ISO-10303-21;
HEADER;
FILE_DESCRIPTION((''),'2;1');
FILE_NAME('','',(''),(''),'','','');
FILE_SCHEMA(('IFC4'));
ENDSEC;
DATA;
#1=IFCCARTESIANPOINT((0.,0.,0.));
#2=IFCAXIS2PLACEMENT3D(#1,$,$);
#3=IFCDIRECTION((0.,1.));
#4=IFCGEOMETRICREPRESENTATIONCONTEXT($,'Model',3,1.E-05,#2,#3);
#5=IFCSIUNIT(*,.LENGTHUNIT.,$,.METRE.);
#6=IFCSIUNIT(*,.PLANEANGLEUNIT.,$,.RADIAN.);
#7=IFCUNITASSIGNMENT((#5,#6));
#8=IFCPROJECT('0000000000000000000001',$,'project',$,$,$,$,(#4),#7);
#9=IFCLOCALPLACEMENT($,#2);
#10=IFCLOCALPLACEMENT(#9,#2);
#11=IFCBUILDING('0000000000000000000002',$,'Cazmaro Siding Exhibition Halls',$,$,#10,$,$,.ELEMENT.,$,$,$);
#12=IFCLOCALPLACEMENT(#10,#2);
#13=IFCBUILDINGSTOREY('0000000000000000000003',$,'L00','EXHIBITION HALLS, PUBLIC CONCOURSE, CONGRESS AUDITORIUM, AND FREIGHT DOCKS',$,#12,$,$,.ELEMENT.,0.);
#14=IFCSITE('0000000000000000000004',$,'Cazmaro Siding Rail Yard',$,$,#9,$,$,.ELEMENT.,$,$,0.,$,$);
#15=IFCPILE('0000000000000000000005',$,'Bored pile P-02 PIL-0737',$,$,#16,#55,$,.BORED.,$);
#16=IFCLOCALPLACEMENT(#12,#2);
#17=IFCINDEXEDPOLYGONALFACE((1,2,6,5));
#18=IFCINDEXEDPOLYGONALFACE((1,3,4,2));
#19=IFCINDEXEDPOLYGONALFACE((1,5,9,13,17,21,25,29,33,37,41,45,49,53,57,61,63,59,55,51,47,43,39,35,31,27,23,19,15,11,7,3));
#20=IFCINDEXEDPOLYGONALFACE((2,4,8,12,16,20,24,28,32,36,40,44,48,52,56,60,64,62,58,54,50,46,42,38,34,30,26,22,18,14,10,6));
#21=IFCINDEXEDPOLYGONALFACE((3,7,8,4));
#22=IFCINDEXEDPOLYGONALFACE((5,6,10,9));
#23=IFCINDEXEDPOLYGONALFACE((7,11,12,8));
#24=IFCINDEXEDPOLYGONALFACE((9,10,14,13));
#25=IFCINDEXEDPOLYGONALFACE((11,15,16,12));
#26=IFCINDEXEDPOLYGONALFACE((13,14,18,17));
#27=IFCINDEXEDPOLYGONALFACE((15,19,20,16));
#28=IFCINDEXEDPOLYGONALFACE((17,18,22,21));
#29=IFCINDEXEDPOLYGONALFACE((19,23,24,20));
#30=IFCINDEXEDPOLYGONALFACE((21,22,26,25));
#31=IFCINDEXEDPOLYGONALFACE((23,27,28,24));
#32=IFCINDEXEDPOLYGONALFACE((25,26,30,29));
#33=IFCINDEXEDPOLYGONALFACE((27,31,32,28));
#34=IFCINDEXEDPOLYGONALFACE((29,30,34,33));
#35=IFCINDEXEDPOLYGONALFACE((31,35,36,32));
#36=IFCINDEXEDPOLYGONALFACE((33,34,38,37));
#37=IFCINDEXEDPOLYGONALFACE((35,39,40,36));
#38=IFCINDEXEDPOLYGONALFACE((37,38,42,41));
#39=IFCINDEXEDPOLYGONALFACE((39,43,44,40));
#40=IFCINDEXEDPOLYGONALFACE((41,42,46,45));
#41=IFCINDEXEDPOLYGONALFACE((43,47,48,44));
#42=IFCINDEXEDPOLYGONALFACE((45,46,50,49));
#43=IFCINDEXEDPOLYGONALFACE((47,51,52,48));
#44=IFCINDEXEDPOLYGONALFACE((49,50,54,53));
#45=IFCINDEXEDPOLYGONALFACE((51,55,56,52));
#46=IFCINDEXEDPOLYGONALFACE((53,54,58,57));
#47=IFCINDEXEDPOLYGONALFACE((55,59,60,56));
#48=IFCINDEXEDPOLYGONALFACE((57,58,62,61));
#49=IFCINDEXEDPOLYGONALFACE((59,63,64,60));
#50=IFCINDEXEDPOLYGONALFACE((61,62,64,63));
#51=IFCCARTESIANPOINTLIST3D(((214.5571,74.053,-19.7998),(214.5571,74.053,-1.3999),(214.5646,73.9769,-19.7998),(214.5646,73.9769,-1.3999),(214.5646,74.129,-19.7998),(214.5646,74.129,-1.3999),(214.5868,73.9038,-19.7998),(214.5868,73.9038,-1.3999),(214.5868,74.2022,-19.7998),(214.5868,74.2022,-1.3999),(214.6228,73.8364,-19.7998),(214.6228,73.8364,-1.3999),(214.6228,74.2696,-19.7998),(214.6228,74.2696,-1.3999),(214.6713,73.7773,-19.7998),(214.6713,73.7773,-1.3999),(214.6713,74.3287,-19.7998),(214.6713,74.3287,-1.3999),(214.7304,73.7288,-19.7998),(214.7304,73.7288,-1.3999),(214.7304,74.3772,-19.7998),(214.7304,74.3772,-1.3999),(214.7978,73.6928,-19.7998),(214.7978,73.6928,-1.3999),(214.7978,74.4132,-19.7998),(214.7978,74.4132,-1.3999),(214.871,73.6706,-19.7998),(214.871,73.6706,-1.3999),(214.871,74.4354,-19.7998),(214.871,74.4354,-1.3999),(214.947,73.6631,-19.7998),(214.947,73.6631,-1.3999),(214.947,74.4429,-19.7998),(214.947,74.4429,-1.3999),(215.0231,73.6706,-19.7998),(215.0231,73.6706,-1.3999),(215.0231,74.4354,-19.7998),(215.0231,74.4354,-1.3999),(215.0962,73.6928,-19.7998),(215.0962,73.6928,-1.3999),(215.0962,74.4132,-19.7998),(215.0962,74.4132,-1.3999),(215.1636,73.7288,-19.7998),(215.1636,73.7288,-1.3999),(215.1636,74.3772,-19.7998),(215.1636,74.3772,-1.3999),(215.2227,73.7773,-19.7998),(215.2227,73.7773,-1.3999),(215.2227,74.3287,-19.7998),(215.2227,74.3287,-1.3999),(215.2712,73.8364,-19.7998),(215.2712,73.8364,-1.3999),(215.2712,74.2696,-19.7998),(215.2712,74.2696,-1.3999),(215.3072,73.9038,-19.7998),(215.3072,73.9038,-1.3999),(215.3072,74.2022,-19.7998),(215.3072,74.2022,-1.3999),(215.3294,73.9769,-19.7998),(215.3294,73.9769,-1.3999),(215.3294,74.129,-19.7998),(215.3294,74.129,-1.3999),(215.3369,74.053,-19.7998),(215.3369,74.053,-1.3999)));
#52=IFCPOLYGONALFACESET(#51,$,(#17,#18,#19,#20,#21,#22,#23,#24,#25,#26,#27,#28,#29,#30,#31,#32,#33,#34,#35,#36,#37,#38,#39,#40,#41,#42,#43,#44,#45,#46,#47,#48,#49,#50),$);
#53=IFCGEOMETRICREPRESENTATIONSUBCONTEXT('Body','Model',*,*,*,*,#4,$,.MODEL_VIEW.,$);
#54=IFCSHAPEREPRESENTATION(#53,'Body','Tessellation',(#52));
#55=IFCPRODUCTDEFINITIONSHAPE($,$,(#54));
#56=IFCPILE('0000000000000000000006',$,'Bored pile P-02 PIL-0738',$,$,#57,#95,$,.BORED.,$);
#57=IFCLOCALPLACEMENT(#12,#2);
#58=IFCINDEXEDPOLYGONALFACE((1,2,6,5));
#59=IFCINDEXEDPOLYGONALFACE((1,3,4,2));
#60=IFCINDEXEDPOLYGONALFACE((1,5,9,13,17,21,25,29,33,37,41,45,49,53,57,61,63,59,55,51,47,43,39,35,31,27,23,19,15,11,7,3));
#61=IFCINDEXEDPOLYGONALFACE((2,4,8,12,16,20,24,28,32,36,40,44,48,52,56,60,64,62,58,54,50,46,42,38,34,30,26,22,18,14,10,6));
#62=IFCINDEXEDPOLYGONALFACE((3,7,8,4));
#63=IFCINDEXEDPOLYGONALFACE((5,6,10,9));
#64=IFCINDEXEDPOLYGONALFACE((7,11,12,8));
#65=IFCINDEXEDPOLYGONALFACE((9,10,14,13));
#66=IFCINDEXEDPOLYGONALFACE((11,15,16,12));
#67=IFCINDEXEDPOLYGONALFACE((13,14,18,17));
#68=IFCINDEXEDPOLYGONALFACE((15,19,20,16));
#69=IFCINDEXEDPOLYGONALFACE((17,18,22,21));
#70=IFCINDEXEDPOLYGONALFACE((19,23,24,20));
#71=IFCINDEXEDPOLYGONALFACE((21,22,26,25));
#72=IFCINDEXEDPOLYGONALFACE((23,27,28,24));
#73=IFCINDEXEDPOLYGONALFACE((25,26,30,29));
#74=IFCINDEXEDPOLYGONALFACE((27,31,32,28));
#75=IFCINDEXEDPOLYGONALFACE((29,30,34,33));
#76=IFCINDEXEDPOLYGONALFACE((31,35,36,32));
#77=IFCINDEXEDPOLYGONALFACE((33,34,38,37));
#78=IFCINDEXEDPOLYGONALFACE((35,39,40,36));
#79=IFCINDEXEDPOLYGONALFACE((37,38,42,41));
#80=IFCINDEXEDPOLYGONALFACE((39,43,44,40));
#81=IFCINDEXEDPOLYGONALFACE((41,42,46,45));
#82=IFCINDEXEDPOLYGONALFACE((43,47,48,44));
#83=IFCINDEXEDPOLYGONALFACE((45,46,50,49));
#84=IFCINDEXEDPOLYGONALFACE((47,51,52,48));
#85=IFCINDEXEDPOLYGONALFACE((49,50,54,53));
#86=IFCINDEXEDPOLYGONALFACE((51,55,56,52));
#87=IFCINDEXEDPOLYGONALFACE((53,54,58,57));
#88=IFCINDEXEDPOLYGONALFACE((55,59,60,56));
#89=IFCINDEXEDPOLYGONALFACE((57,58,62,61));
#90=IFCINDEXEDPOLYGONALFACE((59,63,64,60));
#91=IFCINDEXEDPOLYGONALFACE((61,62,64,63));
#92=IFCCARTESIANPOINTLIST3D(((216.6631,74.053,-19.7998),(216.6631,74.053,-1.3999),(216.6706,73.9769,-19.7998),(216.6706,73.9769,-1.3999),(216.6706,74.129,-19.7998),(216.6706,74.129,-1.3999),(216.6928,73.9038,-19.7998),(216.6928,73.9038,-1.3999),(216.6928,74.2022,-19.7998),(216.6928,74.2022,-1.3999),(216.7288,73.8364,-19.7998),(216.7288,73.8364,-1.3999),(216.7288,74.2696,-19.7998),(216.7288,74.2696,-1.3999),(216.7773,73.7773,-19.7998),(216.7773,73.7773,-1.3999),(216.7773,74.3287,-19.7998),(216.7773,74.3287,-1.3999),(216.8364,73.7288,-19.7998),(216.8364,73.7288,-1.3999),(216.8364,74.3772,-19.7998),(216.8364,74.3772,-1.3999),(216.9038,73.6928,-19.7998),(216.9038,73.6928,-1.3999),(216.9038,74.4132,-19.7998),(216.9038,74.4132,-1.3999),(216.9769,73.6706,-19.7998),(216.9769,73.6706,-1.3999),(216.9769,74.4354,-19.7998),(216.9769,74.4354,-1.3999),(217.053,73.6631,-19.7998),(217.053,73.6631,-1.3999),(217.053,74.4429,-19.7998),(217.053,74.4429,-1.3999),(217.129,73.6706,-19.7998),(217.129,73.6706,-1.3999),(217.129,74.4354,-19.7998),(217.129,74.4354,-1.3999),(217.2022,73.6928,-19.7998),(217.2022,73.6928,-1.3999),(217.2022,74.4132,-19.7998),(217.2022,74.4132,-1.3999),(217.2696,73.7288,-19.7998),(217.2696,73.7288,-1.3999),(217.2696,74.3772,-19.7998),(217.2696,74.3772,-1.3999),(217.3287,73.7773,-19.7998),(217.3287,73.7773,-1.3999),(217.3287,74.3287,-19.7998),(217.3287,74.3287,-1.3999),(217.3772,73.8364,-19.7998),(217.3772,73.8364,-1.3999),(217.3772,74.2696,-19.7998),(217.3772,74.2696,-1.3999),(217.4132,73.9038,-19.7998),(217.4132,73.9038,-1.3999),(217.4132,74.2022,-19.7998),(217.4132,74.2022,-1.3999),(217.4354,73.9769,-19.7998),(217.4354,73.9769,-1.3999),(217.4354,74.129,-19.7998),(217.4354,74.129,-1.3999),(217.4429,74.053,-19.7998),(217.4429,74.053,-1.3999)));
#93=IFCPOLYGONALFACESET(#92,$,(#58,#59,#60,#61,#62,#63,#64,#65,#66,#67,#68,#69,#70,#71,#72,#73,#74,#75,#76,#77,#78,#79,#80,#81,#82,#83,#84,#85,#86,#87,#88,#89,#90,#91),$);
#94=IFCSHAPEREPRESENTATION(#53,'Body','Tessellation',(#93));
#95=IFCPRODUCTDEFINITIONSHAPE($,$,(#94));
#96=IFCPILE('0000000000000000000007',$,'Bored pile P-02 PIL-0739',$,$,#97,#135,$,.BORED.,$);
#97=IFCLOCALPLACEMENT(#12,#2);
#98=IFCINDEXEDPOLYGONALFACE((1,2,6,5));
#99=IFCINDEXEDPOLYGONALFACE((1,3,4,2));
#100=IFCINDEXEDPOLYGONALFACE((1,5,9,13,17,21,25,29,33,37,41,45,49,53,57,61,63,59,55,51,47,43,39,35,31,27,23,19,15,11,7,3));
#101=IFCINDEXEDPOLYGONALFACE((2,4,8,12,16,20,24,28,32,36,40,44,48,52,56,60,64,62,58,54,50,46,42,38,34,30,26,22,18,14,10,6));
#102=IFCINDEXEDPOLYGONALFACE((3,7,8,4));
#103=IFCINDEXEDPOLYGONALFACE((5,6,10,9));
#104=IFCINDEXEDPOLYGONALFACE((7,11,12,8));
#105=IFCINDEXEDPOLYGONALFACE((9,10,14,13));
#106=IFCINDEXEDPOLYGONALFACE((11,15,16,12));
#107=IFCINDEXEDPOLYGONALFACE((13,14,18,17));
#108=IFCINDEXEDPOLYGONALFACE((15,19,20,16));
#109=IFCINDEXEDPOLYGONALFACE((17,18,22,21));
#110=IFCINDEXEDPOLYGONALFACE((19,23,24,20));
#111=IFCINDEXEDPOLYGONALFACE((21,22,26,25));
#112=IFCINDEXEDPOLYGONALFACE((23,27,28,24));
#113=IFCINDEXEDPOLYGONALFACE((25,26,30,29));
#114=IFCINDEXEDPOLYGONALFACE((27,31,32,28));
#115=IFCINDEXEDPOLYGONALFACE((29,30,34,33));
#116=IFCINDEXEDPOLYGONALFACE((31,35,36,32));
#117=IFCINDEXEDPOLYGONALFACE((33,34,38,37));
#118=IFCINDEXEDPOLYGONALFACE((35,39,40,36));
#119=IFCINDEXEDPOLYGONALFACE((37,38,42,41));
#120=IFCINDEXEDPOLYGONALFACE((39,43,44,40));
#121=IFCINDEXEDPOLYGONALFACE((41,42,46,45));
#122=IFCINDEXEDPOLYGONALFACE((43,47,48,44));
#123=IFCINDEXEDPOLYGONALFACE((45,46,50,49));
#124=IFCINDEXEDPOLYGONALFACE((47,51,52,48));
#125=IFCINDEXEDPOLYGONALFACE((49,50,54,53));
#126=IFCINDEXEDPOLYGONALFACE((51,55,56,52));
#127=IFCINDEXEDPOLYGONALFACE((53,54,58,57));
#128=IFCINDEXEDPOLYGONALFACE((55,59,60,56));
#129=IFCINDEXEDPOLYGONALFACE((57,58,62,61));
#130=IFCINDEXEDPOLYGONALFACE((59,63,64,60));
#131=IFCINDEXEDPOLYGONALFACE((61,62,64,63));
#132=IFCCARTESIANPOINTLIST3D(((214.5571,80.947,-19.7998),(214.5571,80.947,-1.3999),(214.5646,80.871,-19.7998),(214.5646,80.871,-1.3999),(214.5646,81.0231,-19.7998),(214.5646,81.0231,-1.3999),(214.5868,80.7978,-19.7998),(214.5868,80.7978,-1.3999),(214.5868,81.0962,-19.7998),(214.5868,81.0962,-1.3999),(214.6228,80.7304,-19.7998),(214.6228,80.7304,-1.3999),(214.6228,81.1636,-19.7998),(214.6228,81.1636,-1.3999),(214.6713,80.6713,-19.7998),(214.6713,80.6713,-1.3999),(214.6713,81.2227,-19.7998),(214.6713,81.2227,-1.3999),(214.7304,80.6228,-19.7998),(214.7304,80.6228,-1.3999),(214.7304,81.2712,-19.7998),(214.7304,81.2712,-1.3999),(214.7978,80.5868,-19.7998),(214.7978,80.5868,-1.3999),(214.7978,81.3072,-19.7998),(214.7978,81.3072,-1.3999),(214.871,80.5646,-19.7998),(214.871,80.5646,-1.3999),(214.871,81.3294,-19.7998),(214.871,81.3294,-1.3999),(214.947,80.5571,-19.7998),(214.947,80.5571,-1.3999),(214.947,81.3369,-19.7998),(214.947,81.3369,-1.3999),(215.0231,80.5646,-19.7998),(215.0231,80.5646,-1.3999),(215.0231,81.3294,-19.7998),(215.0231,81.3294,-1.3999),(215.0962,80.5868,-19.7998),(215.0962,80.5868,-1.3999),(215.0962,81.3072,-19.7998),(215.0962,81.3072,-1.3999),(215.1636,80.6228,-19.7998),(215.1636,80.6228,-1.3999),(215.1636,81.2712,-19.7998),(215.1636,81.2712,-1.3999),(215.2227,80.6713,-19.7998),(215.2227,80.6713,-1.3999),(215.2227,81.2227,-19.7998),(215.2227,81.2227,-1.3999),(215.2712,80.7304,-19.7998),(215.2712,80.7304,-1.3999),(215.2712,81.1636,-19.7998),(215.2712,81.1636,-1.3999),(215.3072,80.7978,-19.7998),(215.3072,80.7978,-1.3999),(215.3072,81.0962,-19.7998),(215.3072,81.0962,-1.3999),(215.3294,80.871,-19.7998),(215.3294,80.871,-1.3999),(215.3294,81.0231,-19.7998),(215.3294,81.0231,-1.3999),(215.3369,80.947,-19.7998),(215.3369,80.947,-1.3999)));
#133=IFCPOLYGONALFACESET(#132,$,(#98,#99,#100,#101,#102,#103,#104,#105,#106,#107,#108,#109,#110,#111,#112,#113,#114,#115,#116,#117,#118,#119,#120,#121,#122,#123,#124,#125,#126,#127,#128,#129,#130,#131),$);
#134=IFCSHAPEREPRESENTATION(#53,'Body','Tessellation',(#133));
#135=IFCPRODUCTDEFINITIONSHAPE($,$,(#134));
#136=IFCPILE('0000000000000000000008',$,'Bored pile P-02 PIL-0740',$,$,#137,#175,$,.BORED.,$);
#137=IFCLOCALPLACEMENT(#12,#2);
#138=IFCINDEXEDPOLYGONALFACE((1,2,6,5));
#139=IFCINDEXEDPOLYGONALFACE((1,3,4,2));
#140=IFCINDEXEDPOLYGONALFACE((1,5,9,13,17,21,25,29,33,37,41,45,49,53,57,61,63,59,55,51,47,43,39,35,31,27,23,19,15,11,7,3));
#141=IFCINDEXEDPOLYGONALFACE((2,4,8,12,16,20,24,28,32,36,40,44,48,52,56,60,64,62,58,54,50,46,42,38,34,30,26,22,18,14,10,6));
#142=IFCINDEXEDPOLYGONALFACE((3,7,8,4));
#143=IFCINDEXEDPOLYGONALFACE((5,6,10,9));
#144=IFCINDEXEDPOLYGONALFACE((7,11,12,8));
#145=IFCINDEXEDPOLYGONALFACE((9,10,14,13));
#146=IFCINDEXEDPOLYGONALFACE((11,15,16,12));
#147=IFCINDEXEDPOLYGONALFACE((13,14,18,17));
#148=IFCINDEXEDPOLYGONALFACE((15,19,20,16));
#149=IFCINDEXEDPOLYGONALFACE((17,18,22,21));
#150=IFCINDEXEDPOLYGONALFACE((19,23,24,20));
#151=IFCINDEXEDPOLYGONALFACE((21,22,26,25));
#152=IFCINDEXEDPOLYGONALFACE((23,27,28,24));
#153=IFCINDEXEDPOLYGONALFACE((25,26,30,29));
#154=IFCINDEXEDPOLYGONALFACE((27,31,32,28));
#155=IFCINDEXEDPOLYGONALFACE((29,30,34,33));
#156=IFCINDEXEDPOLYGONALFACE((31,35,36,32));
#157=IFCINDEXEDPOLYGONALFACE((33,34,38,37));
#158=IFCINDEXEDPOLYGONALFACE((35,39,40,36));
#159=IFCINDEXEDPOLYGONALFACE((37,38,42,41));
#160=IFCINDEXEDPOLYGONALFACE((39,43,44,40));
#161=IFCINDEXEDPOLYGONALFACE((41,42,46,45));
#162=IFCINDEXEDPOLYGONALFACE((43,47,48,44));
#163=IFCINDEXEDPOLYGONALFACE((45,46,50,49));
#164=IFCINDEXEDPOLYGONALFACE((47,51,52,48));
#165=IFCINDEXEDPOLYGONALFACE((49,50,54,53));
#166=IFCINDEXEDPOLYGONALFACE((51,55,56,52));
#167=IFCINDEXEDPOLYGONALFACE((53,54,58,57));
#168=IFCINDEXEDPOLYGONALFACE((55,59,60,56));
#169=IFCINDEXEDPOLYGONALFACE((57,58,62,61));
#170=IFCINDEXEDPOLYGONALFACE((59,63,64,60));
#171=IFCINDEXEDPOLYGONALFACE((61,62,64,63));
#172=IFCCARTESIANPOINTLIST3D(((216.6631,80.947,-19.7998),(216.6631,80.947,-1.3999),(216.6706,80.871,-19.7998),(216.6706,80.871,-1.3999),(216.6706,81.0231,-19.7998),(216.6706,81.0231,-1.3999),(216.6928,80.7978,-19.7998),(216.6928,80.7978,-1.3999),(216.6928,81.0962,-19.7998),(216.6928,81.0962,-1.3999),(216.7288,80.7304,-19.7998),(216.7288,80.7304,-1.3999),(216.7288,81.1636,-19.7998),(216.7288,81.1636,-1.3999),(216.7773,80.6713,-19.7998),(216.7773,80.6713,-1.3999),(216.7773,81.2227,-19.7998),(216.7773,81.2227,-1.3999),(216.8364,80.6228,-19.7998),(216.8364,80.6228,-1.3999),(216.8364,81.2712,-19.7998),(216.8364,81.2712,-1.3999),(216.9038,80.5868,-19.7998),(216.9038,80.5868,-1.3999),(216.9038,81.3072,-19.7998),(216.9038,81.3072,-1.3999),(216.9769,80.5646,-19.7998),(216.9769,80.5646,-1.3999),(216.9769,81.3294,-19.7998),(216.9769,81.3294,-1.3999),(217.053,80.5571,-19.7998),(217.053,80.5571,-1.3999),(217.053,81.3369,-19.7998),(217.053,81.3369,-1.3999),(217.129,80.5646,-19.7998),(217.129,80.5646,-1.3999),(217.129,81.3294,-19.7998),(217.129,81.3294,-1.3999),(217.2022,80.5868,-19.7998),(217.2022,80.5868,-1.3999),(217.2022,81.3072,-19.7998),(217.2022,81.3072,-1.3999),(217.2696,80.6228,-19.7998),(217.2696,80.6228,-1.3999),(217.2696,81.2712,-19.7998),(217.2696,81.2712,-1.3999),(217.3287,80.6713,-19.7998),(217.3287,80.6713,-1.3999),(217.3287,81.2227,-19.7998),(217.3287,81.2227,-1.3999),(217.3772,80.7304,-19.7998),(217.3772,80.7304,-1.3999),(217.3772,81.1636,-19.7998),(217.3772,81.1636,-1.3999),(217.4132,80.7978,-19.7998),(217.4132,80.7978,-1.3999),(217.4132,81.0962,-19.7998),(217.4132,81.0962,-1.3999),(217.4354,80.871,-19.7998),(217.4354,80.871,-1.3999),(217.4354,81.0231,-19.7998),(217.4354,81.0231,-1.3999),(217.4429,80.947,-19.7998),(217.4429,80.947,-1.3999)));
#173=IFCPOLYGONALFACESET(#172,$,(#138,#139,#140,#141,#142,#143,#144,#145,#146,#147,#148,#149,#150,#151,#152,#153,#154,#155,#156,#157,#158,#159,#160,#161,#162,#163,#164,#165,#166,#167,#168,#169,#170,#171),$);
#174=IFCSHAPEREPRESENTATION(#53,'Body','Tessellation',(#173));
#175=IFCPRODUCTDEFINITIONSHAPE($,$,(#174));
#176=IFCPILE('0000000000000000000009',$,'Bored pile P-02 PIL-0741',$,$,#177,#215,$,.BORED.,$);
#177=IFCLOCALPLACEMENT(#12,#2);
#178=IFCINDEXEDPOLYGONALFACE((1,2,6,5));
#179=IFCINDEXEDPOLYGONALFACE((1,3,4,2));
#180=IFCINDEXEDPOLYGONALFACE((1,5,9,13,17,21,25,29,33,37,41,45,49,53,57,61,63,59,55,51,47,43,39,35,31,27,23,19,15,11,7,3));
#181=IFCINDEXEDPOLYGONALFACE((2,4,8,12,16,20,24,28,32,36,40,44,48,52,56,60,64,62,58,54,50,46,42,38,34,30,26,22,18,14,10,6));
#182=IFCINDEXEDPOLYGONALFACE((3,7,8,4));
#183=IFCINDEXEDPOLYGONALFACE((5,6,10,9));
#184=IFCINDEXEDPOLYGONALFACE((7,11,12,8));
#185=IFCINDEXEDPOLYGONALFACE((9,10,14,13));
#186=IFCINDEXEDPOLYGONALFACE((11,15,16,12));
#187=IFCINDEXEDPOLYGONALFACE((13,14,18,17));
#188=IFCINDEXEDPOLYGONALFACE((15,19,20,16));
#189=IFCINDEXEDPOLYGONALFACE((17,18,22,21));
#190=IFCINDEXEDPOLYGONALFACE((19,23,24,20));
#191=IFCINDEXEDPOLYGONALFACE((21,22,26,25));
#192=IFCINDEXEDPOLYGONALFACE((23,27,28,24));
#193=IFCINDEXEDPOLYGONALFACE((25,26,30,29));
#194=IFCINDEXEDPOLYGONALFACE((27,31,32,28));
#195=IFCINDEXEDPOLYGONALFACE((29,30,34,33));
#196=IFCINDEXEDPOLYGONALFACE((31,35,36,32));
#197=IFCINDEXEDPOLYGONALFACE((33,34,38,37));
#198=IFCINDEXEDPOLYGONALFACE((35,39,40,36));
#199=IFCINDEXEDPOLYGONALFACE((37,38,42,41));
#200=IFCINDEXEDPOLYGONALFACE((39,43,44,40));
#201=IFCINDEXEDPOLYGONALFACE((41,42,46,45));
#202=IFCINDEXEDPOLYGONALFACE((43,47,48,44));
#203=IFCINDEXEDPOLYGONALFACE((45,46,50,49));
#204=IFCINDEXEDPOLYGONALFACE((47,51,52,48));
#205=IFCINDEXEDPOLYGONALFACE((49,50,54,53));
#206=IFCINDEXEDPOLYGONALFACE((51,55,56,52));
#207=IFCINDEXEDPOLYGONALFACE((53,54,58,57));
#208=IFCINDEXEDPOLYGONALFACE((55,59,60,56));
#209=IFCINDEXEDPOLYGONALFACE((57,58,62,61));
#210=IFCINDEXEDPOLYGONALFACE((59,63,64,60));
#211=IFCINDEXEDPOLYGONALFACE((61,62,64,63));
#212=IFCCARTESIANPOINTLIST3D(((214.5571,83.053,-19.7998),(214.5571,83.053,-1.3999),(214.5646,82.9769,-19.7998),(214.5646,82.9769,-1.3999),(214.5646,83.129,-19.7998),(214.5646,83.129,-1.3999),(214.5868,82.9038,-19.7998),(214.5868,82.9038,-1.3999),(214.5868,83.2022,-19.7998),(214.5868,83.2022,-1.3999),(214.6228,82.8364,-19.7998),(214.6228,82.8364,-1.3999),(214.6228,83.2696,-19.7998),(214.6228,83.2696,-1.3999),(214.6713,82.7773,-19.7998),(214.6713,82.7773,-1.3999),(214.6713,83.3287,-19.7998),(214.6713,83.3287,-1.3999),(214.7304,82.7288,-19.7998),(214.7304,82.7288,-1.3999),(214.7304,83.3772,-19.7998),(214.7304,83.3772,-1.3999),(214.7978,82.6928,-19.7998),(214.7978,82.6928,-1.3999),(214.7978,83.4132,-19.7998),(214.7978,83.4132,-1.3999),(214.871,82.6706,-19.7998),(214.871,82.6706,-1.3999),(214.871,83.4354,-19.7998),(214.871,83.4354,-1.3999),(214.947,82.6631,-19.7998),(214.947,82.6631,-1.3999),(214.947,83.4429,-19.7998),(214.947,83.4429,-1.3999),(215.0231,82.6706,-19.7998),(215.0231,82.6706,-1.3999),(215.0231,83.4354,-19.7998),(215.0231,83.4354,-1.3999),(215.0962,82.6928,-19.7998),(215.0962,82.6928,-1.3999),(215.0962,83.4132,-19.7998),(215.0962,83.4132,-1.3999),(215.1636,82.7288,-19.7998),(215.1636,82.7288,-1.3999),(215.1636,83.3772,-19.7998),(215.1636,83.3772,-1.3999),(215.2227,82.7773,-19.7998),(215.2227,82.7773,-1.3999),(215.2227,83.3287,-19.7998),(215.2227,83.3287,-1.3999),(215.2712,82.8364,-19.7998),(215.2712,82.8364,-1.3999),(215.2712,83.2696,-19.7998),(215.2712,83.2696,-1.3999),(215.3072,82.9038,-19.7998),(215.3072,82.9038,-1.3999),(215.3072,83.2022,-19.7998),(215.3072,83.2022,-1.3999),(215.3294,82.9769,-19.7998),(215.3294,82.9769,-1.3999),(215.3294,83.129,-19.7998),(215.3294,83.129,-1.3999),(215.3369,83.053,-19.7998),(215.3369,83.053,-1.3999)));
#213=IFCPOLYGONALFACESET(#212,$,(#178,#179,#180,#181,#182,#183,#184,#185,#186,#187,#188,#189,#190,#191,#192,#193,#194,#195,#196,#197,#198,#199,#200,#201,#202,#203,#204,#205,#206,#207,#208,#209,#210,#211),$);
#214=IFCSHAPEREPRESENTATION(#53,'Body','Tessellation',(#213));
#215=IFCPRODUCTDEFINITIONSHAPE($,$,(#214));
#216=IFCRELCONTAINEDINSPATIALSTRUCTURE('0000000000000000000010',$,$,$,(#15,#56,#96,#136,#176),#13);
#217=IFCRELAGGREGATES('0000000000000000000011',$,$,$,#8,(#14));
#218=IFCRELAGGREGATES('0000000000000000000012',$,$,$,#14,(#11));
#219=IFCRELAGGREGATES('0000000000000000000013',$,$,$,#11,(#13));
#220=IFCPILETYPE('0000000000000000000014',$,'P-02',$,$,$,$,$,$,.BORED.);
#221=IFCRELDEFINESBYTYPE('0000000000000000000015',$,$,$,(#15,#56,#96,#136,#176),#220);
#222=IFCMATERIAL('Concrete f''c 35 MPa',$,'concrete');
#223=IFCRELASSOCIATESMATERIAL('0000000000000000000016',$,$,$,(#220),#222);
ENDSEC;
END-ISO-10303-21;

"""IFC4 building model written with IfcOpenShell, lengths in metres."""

from ifc_helpers import new_model, si_unit, direction, frame, origin, origin_2d, place, context, subcontext, project, spatial, circle, extrude, material, material_profile, profile_set, type_object, element, save


model = new_model("IFC4")

# Units and contexts
model_context = context("Model", 3, precision=1e-05, world=origin(), true_north=direction((0.0, 1.0)))
body_context = subcontext(model_context, "Body", "Model", "MODEL_VIEW")
ifc_project = project(units=[si_unit("LENGTHUNIT", "METRE"), si_unit("PLANEANGLEUNIT", "RADIAN")], contexts=[model_context])

# Site, building, storey
site_placement = place(None, origin())
site = spatial("IfcSite", under=ifc_project, at=site_placement, Name="Cazmaro Siding Rail Yard", CompositionType="ELEMENT", RefElevation=0.0)
building_placement = place(site_placement, origin())
building = spatial("IfcBuilding", under=site, at=building_placement, Name="Cazmaro Siding Exhibition Halls", CompositionType="ELEMENT")
storey_placement = place(building_placement, origin())
storey = spatial("IfcBuildingStorey", under=building, at=storey_placement, Name="L00", Description="EXHIBITION HALLS, PUBLIC CONCOURSE, CONGRESS AUDITORIUM, AND FREIGHT DOCKS", CompositionType="ELEMENT", Elevation=0.0)

# Piles
ifc_material_1 = material(Name="Concrete f'c 35 MPa", Category="concrete")
ifc_material_profile_1 = material_profile(ifc_material_1, circle(Radius=0.3899, at=origin_2d()), Name="CIDH-780")
ifc_profile_set_1 = profile_set([ifc_material_profile_1], Name="Concrete f'c 35 MPa")
pile_type = type_object("IfcPileType", Name="P-02", PredefinedType="BORED", material=ifc_profile_set_1)
for number, where, z_axis, x_axis, name in (
    (1, (214.947, 74.053, -1.3999), (0.0, 0.0, -1.0), (1.0, 0.0, 0.0), "Bored pile P-02 PIL-0737"),
    (2, (217.053, 74.053, -1.3999), (0.0, 0.0, -1.0), (1.0, 0.0, 0.0), "Bored pile P-02 PIL-0738"),
    (3, (214.947, 80.947, -1.3999), (0.0, 0.0, -1.0), (1.0, 0.0, 0.0), "Bored pile P-02 PIL-0739"),
    (4, (217.053, 80.947, -1.3999), (0.0, 0.0, -1.0), (1.0, 0.0, 0.0), "Bored pile P-02 PIL-0740"),
    (5, (214.947, 83.053, -1.3999), (0.0, 0.0, -1.0), (1.0, 0.0, 0.0), "Bored pile P-02 PIL-0741"),
):
    element("IfcPile", number, at=place(storey_placement, frame(where, z_axis=z_axis, x_axis=x_axis)), inside=storey, type_object=pile_type, Name=name, PredefinedType="BORED", context=body_context, shape_type="SweptSolid", body=[
        extrude(circle(Radius=0.3899, at=origin_2d()), origin(), (0.0, 0.0, 1.0), 18.3999),
    ])

save(model, "model.ifc")
